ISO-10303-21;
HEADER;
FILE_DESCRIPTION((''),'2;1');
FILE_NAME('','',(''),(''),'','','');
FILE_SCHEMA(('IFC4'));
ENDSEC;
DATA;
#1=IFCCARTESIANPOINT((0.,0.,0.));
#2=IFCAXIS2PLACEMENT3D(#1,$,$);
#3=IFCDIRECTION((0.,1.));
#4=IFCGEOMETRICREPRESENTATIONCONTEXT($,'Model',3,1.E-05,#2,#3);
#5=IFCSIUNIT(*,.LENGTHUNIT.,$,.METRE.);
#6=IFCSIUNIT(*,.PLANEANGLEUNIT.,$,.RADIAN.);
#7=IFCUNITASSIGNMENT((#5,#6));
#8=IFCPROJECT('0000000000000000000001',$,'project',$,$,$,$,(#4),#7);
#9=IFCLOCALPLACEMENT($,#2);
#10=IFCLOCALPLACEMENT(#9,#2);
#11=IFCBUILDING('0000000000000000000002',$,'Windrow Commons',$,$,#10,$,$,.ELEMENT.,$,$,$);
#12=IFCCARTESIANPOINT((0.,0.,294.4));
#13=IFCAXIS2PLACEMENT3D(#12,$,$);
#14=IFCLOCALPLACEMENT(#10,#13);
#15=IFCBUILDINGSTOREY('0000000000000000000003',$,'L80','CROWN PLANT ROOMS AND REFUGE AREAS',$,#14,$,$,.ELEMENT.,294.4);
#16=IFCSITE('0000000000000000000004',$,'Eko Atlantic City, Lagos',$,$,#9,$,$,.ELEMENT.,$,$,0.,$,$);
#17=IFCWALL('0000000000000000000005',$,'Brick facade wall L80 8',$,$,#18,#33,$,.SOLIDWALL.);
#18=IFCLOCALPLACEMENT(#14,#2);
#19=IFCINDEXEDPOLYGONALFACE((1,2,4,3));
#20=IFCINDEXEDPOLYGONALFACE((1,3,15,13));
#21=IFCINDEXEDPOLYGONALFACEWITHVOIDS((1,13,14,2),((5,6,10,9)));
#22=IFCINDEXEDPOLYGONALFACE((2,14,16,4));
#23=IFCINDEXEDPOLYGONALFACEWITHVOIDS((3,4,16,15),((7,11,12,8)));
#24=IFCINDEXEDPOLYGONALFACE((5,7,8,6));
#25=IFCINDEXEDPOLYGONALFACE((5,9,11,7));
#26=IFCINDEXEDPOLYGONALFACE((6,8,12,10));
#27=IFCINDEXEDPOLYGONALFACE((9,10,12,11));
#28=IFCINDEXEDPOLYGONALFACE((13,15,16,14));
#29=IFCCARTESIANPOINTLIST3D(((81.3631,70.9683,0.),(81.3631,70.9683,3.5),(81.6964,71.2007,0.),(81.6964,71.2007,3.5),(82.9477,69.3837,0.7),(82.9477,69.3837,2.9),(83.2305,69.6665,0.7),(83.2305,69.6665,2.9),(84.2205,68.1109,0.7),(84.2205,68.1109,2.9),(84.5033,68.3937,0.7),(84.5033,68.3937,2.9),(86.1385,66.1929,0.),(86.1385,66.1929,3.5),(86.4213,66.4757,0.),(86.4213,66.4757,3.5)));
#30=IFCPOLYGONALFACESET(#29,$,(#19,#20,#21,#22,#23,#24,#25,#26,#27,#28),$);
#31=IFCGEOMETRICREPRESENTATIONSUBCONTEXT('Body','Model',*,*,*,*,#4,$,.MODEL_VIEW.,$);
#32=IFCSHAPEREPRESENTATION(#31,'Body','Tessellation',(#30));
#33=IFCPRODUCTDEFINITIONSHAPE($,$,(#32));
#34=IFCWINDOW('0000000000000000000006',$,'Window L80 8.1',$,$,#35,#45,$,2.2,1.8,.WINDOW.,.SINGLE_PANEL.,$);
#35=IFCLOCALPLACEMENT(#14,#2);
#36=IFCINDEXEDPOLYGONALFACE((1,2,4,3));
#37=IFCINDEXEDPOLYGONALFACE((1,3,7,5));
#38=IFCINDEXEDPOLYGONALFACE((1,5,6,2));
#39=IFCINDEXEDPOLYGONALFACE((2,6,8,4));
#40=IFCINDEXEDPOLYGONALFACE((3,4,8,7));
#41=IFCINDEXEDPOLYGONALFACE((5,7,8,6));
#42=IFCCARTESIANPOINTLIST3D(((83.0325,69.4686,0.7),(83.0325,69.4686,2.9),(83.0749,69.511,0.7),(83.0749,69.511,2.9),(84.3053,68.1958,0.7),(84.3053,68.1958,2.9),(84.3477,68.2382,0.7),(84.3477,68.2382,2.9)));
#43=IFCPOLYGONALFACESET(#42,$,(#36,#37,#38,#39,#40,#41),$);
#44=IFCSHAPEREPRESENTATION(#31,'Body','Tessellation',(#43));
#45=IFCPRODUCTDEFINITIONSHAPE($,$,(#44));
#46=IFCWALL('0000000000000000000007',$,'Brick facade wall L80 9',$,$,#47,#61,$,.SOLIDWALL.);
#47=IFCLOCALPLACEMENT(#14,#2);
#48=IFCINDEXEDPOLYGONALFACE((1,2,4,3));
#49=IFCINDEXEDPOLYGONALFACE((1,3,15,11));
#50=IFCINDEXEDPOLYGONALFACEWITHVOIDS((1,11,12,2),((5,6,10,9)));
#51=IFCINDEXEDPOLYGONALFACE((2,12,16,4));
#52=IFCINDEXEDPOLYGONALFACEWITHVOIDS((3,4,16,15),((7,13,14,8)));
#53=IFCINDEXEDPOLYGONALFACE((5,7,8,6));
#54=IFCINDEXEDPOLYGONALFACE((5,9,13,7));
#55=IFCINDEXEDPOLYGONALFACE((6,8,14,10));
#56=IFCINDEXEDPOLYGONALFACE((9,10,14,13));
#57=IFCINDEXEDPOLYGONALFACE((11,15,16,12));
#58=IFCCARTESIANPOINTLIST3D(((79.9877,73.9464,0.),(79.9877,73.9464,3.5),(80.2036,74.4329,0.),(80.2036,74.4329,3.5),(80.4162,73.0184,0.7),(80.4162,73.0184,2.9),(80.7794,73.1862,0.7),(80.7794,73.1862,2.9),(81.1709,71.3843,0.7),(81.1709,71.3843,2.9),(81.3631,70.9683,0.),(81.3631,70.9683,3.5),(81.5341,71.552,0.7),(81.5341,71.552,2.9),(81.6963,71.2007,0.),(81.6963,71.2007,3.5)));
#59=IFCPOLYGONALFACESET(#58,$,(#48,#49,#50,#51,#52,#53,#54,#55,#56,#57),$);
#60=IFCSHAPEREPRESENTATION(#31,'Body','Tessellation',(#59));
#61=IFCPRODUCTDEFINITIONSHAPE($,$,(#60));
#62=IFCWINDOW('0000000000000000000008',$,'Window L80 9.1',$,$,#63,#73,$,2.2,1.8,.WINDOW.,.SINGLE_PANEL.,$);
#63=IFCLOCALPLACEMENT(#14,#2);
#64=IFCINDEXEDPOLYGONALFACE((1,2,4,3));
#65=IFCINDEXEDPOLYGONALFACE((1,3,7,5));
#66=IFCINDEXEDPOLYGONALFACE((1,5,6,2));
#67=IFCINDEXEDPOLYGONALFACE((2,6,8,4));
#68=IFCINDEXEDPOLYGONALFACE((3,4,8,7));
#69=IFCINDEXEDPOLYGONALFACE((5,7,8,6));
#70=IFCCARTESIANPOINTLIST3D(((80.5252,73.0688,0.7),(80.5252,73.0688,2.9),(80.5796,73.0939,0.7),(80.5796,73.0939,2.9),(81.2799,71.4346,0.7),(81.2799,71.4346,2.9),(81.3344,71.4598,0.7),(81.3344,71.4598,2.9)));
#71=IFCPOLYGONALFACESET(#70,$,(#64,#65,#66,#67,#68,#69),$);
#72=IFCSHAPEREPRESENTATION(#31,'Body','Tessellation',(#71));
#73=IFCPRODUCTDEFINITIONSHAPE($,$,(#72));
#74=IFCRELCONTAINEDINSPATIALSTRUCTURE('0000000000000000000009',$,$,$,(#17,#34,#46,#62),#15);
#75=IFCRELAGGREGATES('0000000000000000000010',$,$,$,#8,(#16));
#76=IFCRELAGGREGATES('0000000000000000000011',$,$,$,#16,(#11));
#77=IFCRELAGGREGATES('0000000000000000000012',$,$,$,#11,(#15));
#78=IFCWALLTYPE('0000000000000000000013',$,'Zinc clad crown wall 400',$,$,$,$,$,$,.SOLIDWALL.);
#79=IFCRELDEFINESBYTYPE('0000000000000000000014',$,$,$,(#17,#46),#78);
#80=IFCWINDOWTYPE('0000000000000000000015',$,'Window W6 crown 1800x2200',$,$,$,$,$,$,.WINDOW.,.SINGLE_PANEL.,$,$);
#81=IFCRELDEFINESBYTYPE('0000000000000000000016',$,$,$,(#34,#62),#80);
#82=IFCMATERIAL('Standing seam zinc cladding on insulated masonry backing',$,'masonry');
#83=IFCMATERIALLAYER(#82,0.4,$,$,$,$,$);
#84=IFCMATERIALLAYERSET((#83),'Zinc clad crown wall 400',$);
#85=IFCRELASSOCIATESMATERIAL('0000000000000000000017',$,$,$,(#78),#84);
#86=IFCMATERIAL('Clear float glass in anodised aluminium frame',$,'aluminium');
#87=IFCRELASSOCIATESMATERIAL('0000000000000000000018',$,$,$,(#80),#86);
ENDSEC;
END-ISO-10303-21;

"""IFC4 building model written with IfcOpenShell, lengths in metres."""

from ifc_helpers import new_model, si_unit, direction, frame, frame_2d, origin, place, context, subcontext, project, spatial, polyline, rectangle, outline, extrude, material, layer, layer_set, type_object, element, fill, save


model = new_model("IFC4")

# Units and contexts
model_context = context("Model", 3, precision=1e-05, world=origin(), true_north=direction((0.0, 1.0)))
body_context = subcontext(model_context, "Body", "Model", "MODEL_VIEW")
ifc_project = project(units=[si_unit("LENGTHUNIT", "METRE"), si_unit("PLANEANGLEUNIT", "RADIAN")], contexts=[model_context])

# Site, building, storey
site_placement = place(None, origin())
site = spatial("IfcSite", under=ifc_project, at=site_placement, Name="Eko Atlantic City, Lagos", CompositionType="ELEMENT", RefElevation=0.0)
building_placement = place(site_placement, origin())
building = spatial("IfcBuilding", under=site, at=building_placement, Name="Windrow Commons", CompositionType="ELEMENT")
storey_placement = place(building_placement, frame((0.0, 0.0, 294.4)))
storey = spatial("IfcBuildingStorey", under=building, at=storey_placement, Name="L80", Description="CROWN PLANT ROOMS AND REFUGE AREAS", CompositionType="ELEMENT", Elevation=294.4)

# Shared definitions
ifc_material_1 = material(Name="Standing seam zinc cladding on insulated masonry backing", Category="masonry")
ifc_layer_1 = layer(ifc_material_1, 0.4)
ifc_layer_set_1 = layer_set([ifc_layer_1], Name="Zinc clad crown wall 400")
wall_type_1 = type_object("IfcWallType", Name="Zinc clad crown wall 400", PredefinedType="SOLIDWALL", material=ifc_layer_set_1)
ifc_material_2 = material(Name="Clear float glass in anodised aluminium frame", Category="aluminium")
window_type = type_object("IfcWindowType", Name="Window W6 crown 1800x2200", PartitioningType="SINGLE_PANEL", PredefinedType="WINDOW", material=ifc_material_2)

# Walls, openings, windows
wall_1_placement = place(storey_placement, frame((86.2799, 66.3343, 0.0), z_axis=(0.0, 0.0, 1.0), x_axis=(-0.707107, 0.707107, 0.0)))
wall_1 = element("IfcWall", 1, at=wall_1_placement, inside=storey, type_object=wall_type_1, Name="Brick facade wall L80 8", PredefinedType="SOLIDWALL", context=body_context, shape_type="SweptSolid", body=[
    extrude(outline(polyline([(0.0, -0.2), (6.6821, -0.2), (6.7534, 0.2), (0.0, 0.2), (0.0, -0.2)])), origin(), (0.0, 0.0, 1.0), 3.5),
])
opening_1_placement = place(wall_1_placement, frame((2.7125, 0.0, 0.7)))
opening_1 = element("IfcOpeningElement", 2, at=opening_1_placement, cuts=wall_1, PredefinedType="OPENING", context=body_context, shape_type="SweptSolid", body=[
    extrude(rectangle(XDim=1.8, YDim=2.2, at=frame_2d((0.9, 1.1))), frame((0.0, 0.21, 0.0), z_axis=(0.0, -1.0, 0.0), x_axis=(1.0, 0.0, 0.0)), (0.0, 0.0, 1.0), 0.42),
])
window_1_placement = place(opening_1_placement, origin())
window_1 = element("IfcWindow", 3, at=window_1_placement, inside=storey, type_object=window_type, Name="Window L80 8.1", OverallHeight=2.2, OverallWidth=1.8, PartitioningType="SINGLE_PANEL", PredefinedType="WINDOW", context=body_context, shape_type="SweptSolid", body=[
    extrude(rectangle(XDim=1.8, YDim=2.2, at=frame_2d((0.9, 1.1))), frame((0.0, 0.08, 0.0), z_axis=(0.0, -1.0, 0.0), x_axis=(1.0, 0.0, 0.0)), (0.0, 0.0, 1.0), 0.06),
])
fill(opening_1, window_1)
wall_2_placement = place(storey_placement, frame((81.5297, 71.0845, 0.0), z_axis=(0.0, 0.0, 1.0), x_axis=(-0.419283, 0.907856, 0.0)))
wall_2 = element("IfcWall", 4, at=wall_2_placement, inside=storey, type_object=wall_type_1, Name="Brick facade wall L80 9", PredefinedType="SOLIDWALL", context=body_context, shape_type="SweptSolid", body=[
    extrude(outline(polyline([(0.0356, -0.2), (3.5959, -0.2), (3.2447, 0.2), (-0.0356, 0.2), (0.0356, -0.2)])), origin(), (0.0, 0.0, 1.0), 3.5),
])
opening_2_placement = place(wall_2_placement, frame((0.4226, 0.0, 0.7)))
opening_2 = element("IfcOpeningElement", 5, at=opening_2_placement, cuts=wall_2, PredefinedType="OPENING", context=body_context, shape_type="SweptSolid", body=[
    extrude(rectangle(XDim=1.8, YDim=2.2, at=frame_2d((0.9, 1.1))), frame((0.0, 0.21, 0.0), z_axis=(0.0, -1.0, 0.0), x_axis=(1.0, 0.0, 0.0)), (0.0, 0.0, 1.0), 0.42),
])
window_2_placement = place(opening_2_placement, origin())
window_2 = element("IfcWindow", 6, at=window_2_placement, inside=storey, type_object=window_type, Name="Window L80 9.1", OverallHeight=2.2, OverallWidth=1.8, PartitioningType="SINGLE_PANEL", PredefinedType="WINDOW", context=body_context, shape_type="SweptSolid", body=[
    extrude(rectangle(XDim=1.8, YDim=2.2, at=frame_2d((0.9, 1.1))), frame((0.0, 0.08, 0.0), z_axis=(0.0, -1.0, 0.0), x_axis=(1.0, 0.0, 0.0)), (0.0, 0.0, 1.0), 0.06),
])
fill(opening_2, window_2)

save(model, "model.ifc")
